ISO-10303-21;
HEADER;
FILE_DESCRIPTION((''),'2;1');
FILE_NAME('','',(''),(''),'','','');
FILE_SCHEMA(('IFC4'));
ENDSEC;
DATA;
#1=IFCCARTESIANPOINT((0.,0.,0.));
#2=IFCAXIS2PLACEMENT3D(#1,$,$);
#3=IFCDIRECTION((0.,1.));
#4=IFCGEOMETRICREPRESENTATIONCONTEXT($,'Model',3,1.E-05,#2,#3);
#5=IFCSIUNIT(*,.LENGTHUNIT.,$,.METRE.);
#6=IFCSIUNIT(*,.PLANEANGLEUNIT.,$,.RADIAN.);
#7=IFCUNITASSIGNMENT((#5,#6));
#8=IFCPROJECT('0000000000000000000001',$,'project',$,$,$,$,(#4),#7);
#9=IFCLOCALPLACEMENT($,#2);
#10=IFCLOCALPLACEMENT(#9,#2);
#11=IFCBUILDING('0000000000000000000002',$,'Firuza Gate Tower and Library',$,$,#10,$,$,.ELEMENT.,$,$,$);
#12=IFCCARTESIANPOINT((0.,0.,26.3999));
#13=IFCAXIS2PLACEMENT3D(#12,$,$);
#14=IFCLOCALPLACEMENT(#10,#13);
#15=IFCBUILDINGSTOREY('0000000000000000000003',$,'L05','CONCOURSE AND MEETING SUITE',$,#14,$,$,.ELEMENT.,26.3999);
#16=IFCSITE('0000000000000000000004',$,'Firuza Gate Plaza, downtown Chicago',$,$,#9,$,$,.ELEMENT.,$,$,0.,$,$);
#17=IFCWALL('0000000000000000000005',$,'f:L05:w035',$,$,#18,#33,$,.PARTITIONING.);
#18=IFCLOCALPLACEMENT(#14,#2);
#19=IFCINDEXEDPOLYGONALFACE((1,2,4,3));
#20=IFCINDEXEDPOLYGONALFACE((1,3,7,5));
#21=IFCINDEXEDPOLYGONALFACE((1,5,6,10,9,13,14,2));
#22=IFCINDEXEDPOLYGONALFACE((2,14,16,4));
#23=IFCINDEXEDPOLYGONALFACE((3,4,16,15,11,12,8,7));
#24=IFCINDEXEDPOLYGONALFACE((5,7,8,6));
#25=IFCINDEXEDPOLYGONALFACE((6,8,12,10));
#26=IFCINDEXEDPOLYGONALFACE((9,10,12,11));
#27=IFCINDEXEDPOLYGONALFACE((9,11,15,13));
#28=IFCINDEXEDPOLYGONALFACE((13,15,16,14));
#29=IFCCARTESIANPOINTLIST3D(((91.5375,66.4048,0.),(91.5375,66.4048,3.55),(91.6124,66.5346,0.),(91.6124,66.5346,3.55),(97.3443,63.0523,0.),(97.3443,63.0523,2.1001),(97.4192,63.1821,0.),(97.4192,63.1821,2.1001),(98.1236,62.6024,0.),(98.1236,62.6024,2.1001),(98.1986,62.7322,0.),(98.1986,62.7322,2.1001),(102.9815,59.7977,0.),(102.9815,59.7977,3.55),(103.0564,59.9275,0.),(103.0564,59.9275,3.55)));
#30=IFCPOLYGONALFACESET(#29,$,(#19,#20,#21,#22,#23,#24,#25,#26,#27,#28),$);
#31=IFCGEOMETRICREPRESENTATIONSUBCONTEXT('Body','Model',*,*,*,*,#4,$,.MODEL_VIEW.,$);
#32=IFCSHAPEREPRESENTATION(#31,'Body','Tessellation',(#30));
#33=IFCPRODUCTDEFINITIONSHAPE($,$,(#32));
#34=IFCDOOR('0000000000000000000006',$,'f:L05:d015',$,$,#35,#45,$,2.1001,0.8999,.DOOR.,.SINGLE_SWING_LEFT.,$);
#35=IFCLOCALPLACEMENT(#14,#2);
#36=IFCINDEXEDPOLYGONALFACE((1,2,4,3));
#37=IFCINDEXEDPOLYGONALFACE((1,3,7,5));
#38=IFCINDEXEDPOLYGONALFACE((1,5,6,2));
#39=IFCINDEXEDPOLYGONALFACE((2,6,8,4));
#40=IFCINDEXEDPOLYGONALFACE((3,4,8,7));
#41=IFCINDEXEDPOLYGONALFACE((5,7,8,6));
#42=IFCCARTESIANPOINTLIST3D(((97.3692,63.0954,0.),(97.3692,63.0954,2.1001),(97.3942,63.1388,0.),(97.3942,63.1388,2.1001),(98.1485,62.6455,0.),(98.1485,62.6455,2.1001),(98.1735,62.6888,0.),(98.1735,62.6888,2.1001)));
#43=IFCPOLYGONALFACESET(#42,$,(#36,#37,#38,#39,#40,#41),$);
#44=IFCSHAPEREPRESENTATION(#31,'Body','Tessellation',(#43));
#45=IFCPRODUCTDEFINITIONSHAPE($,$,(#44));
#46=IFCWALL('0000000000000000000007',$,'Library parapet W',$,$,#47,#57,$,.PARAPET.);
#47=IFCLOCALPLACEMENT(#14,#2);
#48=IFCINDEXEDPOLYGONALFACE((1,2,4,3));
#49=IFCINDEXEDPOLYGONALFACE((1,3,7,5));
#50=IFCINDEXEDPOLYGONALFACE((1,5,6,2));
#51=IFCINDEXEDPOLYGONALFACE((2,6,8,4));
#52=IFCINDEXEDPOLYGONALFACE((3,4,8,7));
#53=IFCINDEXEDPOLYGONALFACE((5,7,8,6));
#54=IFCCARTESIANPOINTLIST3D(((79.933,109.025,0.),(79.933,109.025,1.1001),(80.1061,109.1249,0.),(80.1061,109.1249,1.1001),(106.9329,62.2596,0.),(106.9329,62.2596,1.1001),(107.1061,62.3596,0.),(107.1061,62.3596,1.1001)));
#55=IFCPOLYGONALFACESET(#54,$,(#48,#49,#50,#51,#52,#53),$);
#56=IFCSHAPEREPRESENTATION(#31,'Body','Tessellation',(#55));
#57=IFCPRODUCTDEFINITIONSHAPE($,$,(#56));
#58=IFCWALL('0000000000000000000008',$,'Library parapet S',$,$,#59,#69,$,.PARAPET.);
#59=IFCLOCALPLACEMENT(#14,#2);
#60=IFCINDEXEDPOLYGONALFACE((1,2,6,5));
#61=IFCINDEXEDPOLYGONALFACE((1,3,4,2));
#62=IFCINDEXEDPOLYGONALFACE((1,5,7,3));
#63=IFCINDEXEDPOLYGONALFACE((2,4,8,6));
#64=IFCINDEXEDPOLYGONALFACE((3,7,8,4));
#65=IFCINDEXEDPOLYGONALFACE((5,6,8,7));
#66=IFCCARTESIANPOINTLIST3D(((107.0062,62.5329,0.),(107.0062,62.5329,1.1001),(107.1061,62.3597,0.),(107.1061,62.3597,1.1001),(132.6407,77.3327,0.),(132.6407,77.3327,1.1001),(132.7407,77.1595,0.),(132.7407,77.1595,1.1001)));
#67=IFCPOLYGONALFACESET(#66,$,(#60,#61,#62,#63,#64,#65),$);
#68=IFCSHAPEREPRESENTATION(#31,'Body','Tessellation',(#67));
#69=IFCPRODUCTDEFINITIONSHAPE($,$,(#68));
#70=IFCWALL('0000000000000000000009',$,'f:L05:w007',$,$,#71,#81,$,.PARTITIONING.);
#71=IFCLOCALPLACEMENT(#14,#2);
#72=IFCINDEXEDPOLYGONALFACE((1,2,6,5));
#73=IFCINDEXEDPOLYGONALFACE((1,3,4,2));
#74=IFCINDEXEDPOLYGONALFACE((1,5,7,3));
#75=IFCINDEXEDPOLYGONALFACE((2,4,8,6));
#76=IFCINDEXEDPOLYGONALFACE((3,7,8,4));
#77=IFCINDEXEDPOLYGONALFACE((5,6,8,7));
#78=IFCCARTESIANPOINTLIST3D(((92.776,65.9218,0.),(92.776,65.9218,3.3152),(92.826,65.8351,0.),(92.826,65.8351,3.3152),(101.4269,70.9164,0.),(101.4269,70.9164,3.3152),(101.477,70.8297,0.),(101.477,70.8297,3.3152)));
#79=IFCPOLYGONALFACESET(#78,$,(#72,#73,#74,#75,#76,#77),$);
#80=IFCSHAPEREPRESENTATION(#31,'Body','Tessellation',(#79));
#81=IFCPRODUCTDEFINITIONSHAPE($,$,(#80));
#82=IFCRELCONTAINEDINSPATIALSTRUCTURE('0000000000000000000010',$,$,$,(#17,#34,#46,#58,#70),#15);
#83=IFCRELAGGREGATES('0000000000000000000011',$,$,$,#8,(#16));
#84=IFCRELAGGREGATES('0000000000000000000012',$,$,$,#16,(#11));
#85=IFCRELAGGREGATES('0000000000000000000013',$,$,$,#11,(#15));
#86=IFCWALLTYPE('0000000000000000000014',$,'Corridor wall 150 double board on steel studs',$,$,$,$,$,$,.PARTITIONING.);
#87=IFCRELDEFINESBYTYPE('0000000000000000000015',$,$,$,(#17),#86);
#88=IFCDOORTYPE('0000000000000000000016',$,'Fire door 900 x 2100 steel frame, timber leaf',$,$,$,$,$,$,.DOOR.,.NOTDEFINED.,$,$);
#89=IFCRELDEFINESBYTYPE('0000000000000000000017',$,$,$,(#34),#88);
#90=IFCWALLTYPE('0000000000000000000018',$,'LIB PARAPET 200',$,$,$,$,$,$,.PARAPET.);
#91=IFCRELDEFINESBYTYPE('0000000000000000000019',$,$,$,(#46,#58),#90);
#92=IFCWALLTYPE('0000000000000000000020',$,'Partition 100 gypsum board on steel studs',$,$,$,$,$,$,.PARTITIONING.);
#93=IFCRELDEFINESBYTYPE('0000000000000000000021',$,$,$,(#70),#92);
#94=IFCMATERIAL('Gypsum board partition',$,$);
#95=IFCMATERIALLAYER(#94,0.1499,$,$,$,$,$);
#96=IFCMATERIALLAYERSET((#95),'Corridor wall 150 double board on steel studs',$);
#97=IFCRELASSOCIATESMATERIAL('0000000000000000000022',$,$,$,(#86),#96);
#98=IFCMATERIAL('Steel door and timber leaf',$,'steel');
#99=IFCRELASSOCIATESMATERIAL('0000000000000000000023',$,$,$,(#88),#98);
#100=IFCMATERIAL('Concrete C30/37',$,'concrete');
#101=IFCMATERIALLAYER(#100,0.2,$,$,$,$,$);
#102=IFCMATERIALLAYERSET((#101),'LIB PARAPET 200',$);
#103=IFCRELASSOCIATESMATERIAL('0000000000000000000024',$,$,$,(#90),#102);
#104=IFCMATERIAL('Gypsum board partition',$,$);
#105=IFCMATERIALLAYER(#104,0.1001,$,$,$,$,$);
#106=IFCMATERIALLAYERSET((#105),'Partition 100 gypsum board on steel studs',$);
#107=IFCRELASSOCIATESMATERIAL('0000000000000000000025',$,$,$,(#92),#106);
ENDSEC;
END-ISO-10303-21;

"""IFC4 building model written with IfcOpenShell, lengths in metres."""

from ifc_helpers import new_model, si_unit, direction, frame, frame_2d, origin, place, context, subcontext, project, spatial, rectangle, extrude, material, layer, layer_set, type_object, element, fill, save


model = new_model("IFC4")

# Units and contexts
model_context = context("Model", 3, precision=1e-05, world=origin(), true_north=direction((0.0, 1.0)))
body_context = subcontext(model_context, "Body", "Model", "MODEL_VIEW")
ifc_project = project(units=[si_unit("LENGTHUNIT", "METRE"), si_unit("PLANEANGLEUNIT", "RADIAN")], contexts=[model_context])

# Site, building, storey
site_placement = place(None, origin())
site = spatial("IfcSite", under=ifc_project, at=site_placement, Name="Firuza Gate Plaza, downtown Chicago", CompositionType="ELEMENT", RefElevation=0.0)
building_placement = place(site_placement, origin())
building = spatial("IfcBuilding", under=site, at=building_placement, Name="Firuza Gate Tower and Library", CompositionType="ELEMENT")
storey_placement = place(building_placement, frame((0.0, 0.0, 26.3999)))
storey = spatial("IfcBuildingStorey", under=building, at=storey_placement, Name="L05", Description="CONCOURSE AND MEETING SUITE", CompositionType="ELEMENT", Elevation=26.3999)

# Wall, opening, door
ifc_material_1 = material(Name="Gypsum board partition")
ifc_layer_1 = layer(ifc_material_1, 0.1499)
ifc_layer_set_1 = layer_set([ifc_layer_1], Name="Corridor wall 150 double board on steel studs")
wall_type_1 = type_object("IfcWallType", Name="Corridor wall 150 double board on steel studs", PredefinedType="PARTITIONING", material=ifc_layer_set_1)
wall_1_placement = place(storey_placement, frame((91.575, 66.4697, 0.0), z_axis=(0.0, 0.0, 1.0), x_axis=(0.866028, -0.499996, 0.0)))
wall_1 = element("IfcWall", 1, at=wall_1_placement, inside=storey, type_object=wall_type_1, Name="f:L05:w035", PredefinedType="PARTITIONING", context=body_context, shape_type="SweptSolid", body=[
    extrude(rectangle(XDim=13.2144, YDim=0.1499, at=frame_2d((6.6072, 0.0))), origin(), (0.0, 0.0, 1.0), 3.55),
])
opening_placement = place(wall_1_placement, frame((6.7051, 0.0, 0.0)))
opening = element("IfcOpeningElement", 2, at=opening_placement, cuts=wall_1, PredefinedType="OPENING", context=body_context, shape_type="SweptSolid", body=[
    extrude(rectangle(XDim=0.8999, YDim=2.1001, at=frame_2d((0.45, 1.05))), frame((0.0, 0.085, 0.0), z_axis=(0.0, -1.0, 0.0), x_axis=(1.0, 0.0, 0.0)), (0.0, 0.0, 1.0), 0.1699),
])
ifc_material_2 = material(Name="Steel door and timber leaf", Category="steel")
door_type = type_object("IfcDoorType", Name="Fire door 900 x 2100 steel frame, timber leaf", OperationType="NOTDEFINED", PredefinedType="DOOR", material=ifc_material_2)
door_placement = place(opening_placement, origin())
door = element("IfcDoor", 3, at=door_placement, inside=storey, type_object=door_type, Name="f:L05:d015", OperationType="SINGLE_SWING_LEFT", OverallHeight=2.1001, OverallWidth=0.8999, PredefinedType="DOOR", context=body_context, shape_type="SweptSolid", body=[
    extrude(rectangle(XDim=0.8999, YDim=2.1001, at=frame_2d((0.45, 1.05))), frame((0.0, 0.0249, 0.0), z_axis=(0.0, -1.0, 0.0), x_axis=(1.0, 0.0, 0.0)), (0.0, 0.0, 1.0), 0.05),
])
fill(opening, door)

# Walls
ifc_material_3 = material(Name="Concrete C30/37", Category="concrete")
ifc_layer_2 = layer(ifc_material_3, 0.2)
ifc_layer_set_2 = layer_set([ifc_layer_2], Name="LIB PARAPET 200")
wall_type_2 = type_object("IfcWallType", Name="LIB PARAPET 200", PredefinedType="PARAPET", material=ifc_layer_set_2)
wall_2_placement = place(storey_placement, frame((107.0195, 62.3096, 0.0), z_axis=(0.0, 0.0, 1.0), x_axis=(-0.5, 0.866025, 0.0)))
element("IfcWall", 4, at=wall_2_placement, inside=storey, type_object=wall_type_2, Name="Library parapet W", PredefinedType="PARAPET", context=body_context, shape_type="SweptSolid", body=[
    extrude(rectangle(XDim=54.0, YDim=0.2, at=frame_2d((27.0, 0.0))), origin(), (0.0, 0.0, 1.0), 1.1001),
])
wall_3_placement = place(storey_placement, frame((107.0562, 62.4463, 0.0), z_axis=(0.0, 0.0, 1.0), x_axis=(0.86603, 0.499993, 0.0)))
element("IfcWall", 5, at=wall_3_placement, inside=storey, type_object=wall_type_2, Name="Library parapet S", PredefinedType="PARAPET", context=body_context, shape_type="SweptSolid", body=[
    extrude(rectangle(XDim=29.6001, YDim=0.2, at=frame_2d((14.8, 0.0))), origin(), (0.0, 0.0, 1.0), 1.1001),
])
ifc_material_4 = material(Name="Gypsum board partition")
ifc_layer_3 = layer(ifc_material_4, 0.1001)
ifc_layer_set_3 = layer_set([ifc_layer_3], Name="Partition 100 gypsum board on steel studs")
wall_type_3 = type_object("IfcWallType", Name="Partition 100 gypsum board on steel studs", PredefinedType="PARTITIONING", material=ifc_layer_set_3)
wall_4_placement = place(storey_placement, frame((92.801, 65.8784, 0.0), z_axis=(0.0, 0.0, 1.0), x_axis=(0.866024, 0.500003, 0.0)))
element("IfcWall", 6, at=wall_4_placement, inside=storey, type_object=wall_type_3, Name="f:L05:w007", PredefinedType="PARTITIONING", context=body_context, shape_type="SweptSolid", body=[
    extrude(rectangle(XDim=9.9893, YDim=0.1001, at=frame_2d((4.9946, 0.0))), origin(), (0.0, 0.0, 1.0), 3.3152),
])

save(model, "model.ifc")
